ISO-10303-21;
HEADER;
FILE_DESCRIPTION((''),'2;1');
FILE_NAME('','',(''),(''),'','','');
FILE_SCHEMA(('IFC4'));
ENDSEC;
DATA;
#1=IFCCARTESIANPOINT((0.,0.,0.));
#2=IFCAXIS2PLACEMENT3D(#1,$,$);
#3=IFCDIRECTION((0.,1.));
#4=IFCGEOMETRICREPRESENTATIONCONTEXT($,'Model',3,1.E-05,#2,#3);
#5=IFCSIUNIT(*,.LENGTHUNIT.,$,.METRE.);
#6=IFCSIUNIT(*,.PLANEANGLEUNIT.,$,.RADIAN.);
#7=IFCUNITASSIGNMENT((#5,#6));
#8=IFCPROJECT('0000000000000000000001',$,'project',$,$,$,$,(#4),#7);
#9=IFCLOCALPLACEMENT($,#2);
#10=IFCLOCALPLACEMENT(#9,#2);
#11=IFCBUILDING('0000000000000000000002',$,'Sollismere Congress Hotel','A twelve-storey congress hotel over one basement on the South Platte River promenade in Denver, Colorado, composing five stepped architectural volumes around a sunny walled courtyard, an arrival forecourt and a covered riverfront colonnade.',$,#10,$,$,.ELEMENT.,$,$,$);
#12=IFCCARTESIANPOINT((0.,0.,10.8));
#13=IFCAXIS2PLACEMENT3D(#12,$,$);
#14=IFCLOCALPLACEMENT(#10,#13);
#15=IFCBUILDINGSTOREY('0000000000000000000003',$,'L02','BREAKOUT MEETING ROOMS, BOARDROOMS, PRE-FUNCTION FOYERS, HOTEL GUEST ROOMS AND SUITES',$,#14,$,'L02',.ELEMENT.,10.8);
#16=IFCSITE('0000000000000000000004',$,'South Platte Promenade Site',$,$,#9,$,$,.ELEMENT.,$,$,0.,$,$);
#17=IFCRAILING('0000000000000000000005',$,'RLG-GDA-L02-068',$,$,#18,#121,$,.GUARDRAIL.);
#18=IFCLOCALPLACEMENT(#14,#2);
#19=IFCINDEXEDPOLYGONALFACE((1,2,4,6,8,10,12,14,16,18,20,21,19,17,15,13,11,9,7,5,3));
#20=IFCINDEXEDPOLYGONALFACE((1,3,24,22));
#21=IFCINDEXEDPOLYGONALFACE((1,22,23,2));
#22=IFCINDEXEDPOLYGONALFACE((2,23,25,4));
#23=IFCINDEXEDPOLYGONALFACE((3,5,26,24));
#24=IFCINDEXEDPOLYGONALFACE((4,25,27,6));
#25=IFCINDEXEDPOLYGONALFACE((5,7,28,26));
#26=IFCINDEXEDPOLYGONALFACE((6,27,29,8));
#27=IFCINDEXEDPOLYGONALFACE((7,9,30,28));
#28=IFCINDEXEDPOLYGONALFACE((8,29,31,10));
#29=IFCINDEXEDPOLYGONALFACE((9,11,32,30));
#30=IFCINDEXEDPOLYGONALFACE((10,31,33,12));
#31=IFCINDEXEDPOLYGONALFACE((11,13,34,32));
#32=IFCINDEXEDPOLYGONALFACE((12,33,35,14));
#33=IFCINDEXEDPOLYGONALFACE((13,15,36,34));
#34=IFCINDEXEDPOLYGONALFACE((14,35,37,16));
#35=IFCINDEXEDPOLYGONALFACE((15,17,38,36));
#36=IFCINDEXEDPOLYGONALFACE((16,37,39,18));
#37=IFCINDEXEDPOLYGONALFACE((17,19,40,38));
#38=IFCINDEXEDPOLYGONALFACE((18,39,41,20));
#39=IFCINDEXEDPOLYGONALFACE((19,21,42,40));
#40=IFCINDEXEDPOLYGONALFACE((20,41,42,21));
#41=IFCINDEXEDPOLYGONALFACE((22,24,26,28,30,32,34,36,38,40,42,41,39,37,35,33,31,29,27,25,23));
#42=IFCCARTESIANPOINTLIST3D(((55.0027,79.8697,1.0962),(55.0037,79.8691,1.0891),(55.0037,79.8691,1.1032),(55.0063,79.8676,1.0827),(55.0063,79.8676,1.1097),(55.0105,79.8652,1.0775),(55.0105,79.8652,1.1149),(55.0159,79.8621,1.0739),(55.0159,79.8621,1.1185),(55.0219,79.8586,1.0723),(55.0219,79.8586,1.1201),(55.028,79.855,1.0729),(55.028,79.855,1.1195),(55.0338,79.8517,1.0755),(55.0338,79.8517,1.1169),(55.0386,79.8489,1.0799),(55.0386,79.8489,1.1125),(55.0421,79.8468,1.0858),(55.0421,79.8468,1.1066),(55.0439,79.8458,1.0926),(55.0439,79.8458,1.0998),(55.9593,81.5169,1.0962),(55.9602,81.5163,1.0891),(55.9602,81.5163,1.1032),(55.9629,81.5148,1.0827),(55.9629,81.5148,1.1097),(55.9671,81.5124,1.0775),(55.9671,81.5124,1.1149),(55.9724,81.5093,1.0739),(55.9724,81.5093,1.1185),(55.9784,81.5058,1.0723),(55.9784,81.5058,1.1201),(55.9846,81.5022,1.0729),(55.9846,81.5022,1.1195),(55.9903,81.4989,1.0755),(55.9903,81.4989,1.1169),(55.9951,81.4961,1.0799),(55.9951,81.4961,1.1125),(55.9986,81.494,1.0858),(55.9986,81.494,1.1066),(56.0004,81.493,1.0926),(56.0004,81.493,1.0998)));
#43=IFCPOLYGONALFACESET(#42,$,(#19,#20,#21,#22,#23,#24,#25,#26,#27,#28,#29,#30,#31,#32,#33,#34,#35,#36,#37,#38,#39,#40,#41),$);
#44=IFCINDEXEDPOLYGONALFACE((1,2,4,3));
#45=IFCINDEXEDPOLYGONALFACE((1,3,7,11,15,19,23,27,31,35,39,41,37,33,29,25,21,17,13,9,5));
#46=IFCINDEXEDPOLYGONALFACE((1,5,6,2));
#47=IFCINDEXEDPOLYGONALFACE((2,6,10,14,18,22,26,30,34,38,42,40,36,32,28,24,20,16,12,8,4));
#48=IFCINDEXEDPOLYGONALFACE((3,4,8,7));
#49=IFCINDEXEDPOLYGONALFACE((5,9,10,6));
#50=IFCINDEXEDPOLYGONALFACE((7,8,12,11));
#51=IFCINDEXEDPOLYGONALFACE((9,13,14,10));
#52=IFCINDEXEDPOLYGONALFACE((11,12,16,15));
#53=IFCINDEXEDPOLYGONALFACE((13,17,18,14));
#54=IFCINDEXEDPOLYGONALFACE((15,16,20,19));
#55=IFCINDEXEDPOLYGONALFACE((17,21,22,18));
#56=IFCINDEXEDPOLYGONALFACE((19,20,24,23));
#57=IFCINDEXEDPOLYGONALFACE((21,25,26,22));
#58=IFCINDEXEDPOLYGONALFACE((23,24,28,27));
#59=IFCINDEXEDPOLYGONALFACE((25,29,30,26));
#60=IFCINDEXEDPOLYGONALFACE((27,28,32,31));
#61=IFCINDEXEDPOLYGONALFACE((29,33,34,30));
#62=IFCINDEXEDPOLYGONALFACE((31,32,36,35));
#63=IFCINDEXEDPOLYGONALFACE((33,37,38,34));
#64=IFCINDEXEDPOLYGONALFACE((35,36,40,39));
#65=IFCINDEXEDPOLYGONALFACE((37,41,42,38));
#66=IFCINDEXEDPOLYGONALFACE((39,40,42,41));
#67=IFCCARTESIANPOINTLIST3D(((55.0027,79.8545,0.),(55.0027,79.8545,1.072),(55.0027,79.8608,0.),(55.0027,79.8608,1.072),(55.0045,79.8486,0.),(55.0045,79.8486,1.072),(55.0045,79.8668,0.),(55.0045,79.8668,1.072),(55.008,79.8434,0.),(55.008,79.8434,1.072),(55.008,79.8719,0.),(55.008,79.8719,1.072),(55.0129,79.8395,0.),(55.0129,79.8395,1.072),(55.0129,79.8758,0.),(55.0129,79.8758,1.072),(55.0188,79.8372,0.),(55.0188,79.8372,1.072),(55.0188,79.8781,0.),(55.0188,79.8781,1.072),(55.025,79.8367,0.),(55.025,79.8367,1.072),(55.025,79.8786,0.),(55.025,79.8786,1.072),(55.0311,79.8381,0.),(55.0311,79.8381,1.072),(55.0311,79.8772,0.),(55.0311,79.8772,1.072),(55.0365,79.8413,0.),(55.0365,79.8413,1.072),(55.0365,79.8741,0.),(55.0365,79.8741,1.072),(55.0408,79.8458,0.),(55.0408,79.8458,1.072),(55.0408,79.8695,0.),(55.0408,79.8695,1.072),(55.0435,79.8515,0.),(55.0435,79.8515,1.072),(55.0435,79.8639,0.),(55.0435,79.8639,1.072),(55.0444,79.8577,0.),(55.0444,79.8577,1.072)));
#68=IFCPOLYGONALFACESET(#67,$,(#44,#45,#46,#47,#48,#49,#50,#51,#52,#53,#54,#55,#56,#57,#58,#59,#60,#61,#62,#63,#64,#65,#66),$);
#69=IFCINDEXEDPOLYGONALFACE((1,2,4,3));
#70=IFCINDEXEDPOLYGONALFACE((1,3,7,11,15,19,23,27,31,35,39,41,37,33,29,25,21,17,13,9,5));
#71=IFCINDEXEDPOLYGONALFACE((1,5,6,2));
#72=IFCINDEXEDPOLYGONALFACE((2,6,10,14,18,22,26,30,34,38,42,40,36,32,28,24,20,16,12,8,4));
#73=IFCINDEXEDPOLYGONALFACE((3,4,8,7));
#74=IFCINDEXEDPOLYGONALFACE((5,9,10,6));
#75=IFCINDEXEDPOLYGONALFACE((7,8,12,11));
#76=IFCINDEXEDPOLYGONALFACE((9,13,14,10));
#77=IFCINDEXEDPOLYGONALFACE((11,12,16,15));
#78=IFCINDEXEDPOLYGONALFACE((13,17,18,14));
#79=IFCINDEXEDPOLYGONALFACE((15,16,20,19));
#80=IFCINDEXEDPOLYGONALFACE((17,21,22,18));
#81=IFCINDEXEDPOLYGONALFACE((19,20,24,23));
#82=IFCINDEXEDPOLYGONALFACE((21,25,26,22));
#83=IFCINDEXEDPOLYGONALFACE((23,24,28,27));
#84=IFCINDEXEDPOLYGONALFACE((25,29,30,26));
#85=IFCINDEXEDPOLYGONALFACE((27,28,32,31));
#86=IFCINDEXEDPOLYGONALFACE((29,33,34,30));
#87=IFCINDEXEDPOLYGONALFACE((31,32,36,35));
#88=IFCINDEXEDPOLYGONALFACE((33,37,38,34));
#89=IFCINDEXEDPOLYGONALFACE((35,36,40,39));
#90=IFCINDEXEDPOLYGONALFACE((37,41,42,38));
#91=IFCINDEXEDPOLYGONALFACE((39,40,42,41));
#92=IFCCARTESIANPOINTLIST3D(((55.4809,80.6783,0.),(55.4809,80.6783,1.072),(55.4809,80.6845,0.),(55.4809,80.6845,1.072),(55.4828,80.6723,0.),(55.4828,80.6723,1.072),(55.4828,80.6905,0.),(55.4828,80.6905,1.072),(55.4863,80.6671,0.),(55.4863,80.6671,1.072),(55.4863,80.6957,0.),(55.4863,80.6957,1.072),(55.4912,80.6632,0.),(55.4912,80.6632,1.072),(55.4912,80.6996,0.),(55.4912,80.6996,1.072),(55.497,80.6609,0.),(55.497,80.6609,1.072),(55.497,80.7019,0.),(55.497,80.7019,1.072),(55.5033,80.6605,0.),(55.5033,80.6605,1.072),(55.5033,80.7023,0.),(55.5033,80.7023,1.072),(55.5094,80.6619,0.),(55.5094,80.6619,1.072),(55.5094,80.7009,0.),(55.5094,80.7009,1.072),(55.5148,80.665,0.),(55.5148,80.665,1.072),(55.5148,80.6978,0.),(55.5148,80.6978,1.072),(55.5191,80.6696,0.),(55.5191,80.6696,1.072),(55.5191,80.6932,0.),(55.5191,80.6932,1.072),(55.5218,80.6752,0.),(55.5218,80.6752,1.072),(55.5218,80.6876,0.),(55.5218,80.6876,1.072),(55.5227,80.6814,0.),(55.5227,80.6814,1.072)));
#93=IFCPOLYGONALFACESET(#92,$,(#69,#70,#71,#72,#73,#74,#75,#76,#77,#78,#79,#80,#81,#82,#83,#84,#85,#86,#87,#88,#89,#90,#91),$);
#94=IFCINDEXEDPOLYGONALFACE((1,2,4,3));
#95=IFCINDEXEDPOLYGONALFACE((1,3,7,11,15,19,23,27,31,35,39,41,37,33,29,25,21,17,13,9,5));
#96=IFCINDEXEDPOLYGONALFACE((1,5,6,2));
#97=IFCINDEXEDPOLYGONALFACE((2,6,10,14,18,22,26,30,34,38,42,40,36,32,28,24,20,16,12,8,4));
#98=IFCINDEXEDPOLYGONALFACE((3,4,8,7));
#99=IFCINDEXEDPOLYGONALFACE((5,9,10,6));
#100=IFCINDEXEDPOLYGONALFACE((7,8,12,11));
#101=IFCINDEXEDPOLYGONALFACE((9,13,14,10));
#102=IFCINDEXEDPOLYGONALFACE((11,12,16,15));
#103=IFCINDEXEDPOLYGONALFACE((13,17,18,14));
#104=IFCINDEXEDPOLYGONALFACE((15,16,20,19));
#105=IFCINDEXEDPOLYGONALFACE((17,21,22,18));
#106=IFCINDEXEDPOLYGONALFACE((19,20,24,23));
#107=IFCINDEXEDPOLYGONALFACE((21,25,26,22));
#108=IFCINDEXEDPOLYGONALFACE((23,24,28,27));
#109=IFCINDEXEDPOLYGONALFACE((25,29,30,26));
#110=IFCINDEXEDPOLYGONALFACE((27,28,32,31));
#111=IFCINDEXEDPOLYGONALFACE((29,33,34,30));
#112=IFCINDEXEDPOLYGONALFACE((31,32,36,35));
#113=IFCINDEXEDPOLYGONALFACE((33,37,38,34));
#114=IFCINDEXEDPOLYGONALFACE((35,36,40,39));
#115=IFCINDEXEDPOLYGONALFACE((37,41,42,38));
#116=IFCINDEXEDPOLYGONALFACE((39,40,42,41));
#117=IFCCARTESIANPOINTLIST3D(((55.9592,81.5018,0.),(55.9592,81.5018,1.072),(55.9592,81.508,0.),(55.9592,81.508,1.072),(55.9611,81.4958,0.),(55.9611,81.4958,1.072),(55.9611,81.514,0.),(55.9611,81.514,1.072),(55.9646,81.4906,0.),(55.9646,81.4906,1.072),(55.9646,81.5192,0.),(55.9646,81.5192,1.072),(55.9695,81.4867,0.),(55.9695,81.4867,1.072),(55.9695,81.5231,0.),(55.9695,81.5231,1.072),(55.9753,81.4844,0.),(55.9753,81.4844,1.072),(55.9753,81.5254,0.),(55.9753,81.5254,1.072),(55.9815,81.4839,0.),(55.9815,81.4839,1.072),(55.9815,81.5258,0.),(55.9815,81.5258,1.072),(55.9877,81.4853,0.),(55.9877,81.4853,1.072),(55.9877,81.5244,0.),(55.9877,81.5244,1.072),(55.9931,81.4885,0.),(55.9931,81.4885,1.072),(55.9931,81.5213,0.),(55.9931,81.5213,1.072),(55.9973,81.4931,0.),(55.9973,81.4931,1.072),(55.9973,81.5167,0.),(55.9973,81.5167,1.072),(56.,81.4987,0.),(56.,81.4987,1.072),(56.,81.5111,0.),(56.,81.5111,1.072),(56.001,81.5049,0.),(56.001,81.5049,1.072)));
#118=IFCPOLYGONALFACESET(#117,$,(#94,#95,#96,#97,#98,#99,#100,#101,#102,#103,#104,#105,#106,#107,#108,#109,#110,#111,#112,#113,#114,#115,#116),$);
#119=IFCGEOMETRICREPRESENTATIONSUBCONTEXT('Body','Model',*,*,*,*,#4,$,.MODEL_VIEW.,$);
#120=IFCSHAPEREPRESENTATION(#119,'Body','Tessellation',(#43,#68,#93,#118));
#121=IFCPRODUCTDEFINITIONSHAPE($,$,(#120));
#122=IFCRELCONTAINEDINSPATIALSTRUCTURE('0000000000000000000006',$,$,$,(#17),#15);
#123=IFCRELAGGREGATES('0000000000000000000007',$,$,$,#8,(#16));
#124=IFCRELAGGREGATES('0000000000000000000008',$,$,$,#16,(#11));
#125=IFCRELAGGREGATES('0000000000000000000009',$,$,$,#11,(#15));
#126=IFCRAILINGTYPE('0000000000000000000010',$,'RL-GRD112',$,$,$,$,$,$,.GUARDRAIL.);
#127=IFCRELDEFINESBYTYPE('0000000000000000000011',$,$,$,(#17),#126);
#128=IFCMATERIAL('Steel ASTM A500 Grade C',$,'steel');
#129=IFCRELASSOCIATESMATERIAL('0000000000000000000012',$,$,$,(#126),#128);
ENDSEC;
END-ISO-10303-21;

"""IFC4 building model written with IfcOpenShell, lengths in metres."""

from ifc_helpers import new_model, si_unit, direction, frame, origin, origin_2d, place, context, subcontext, project, spatial, circle, extrude, material, type_object, element, save


model = new_model("IFC4")

# Units and contexts
model_context = context("Model", 3, precision=1e-05, world=origin(), true_north=direction((0.0, 1.0)))
body_context = subcontext(model_context, "Body", "Model", "MODEL_VIEW")
ifc_project = project(units=[si_unit("LENGTHUNIT", "METRE"), si_unit("PLANEANGLEUNIT", "RADIAN")], contexts=[model_context])

# Site, building, storey
site_placement = place(None, origin())
site = spatial("IfcSite", under=ifc_project, at=site_placement, Name="South Platte Promenade Site", CompositionType="ELEMENT", RefElevation=0.0)
building_placement = place(site_placement, origin())
building = spatial("IfcBuilding", under=site, at=building_placement, Name="Sollismere Congress Hotel", Description="A twelve-storey congress hotel over one basement on the South Platte River promenade in Denver, Colorado, composing five stepped architectural volumes around a sunny walled courtyard, an arrival forecourt and a covered riverfront colonnade.", CompositionType="ELEMENT")
storey_placement = place(building_placement, frame((0.0, 0.0, 10.8)))
storey = spatial("IfcBuildingStorey", under=building, at=storey_placement, Name="L02", Description="BREAKOUT MEETING ROOMS, BOARDROOMS, PRE-FUNCTION FOYERS, HOTEL GUEST ROOMS AND SUITES", LongName="L02", CompositionType="ELEMENT", Elevation=10.8)

# Shared definitions
ifc_material_1 = material(Name="Steel ASTM A500 Grade C", Category="steel")

# Railing
railing_type = type_object("IfcRailingType", Name="RL-GRD112", PredefinedType="GUARDRAIL", material=ifc_material_1)
railing_1_placement = place(storey_placement, frame((55.0234, 79.8577, 0.0)))
element("IfcRailing", 1, at=railing_1_placement, inside=storey, type_object=railing_type, Name="RLG-GDA-L02-068", PredefinedType="GUARDRAIL", context=body_context, shape_type="SweptSolid", body=[
    extrude(circle(Radius=0.0239, at=origin_2d()), frame((0.0, 0.0, 1.0962), z_axis=(0.502173, 0.864767, 0.0), x_axis=(-0.864767, 0.502173, 0.0)), (0.0, 0.0, 1.0), 1.9048),
    extrude(circle(Radius=0.021, at=origin_2d()), origin(), (0.0, 0.0, 1.0), 1.072),
    extrude(circle(Radius=0.021, at=origin_2d()), frame((0.4783, 0.8237, 0.0)), (0.0, 0.0, 1.0), 1.072),
    extrude(circle(Radius=0.021, at=origin_2d()), frame((0.9565, 1.6472, 0.0)), (0.0, 0.0, 1.0), 1.072),
])

save(model, "model.ifc")
